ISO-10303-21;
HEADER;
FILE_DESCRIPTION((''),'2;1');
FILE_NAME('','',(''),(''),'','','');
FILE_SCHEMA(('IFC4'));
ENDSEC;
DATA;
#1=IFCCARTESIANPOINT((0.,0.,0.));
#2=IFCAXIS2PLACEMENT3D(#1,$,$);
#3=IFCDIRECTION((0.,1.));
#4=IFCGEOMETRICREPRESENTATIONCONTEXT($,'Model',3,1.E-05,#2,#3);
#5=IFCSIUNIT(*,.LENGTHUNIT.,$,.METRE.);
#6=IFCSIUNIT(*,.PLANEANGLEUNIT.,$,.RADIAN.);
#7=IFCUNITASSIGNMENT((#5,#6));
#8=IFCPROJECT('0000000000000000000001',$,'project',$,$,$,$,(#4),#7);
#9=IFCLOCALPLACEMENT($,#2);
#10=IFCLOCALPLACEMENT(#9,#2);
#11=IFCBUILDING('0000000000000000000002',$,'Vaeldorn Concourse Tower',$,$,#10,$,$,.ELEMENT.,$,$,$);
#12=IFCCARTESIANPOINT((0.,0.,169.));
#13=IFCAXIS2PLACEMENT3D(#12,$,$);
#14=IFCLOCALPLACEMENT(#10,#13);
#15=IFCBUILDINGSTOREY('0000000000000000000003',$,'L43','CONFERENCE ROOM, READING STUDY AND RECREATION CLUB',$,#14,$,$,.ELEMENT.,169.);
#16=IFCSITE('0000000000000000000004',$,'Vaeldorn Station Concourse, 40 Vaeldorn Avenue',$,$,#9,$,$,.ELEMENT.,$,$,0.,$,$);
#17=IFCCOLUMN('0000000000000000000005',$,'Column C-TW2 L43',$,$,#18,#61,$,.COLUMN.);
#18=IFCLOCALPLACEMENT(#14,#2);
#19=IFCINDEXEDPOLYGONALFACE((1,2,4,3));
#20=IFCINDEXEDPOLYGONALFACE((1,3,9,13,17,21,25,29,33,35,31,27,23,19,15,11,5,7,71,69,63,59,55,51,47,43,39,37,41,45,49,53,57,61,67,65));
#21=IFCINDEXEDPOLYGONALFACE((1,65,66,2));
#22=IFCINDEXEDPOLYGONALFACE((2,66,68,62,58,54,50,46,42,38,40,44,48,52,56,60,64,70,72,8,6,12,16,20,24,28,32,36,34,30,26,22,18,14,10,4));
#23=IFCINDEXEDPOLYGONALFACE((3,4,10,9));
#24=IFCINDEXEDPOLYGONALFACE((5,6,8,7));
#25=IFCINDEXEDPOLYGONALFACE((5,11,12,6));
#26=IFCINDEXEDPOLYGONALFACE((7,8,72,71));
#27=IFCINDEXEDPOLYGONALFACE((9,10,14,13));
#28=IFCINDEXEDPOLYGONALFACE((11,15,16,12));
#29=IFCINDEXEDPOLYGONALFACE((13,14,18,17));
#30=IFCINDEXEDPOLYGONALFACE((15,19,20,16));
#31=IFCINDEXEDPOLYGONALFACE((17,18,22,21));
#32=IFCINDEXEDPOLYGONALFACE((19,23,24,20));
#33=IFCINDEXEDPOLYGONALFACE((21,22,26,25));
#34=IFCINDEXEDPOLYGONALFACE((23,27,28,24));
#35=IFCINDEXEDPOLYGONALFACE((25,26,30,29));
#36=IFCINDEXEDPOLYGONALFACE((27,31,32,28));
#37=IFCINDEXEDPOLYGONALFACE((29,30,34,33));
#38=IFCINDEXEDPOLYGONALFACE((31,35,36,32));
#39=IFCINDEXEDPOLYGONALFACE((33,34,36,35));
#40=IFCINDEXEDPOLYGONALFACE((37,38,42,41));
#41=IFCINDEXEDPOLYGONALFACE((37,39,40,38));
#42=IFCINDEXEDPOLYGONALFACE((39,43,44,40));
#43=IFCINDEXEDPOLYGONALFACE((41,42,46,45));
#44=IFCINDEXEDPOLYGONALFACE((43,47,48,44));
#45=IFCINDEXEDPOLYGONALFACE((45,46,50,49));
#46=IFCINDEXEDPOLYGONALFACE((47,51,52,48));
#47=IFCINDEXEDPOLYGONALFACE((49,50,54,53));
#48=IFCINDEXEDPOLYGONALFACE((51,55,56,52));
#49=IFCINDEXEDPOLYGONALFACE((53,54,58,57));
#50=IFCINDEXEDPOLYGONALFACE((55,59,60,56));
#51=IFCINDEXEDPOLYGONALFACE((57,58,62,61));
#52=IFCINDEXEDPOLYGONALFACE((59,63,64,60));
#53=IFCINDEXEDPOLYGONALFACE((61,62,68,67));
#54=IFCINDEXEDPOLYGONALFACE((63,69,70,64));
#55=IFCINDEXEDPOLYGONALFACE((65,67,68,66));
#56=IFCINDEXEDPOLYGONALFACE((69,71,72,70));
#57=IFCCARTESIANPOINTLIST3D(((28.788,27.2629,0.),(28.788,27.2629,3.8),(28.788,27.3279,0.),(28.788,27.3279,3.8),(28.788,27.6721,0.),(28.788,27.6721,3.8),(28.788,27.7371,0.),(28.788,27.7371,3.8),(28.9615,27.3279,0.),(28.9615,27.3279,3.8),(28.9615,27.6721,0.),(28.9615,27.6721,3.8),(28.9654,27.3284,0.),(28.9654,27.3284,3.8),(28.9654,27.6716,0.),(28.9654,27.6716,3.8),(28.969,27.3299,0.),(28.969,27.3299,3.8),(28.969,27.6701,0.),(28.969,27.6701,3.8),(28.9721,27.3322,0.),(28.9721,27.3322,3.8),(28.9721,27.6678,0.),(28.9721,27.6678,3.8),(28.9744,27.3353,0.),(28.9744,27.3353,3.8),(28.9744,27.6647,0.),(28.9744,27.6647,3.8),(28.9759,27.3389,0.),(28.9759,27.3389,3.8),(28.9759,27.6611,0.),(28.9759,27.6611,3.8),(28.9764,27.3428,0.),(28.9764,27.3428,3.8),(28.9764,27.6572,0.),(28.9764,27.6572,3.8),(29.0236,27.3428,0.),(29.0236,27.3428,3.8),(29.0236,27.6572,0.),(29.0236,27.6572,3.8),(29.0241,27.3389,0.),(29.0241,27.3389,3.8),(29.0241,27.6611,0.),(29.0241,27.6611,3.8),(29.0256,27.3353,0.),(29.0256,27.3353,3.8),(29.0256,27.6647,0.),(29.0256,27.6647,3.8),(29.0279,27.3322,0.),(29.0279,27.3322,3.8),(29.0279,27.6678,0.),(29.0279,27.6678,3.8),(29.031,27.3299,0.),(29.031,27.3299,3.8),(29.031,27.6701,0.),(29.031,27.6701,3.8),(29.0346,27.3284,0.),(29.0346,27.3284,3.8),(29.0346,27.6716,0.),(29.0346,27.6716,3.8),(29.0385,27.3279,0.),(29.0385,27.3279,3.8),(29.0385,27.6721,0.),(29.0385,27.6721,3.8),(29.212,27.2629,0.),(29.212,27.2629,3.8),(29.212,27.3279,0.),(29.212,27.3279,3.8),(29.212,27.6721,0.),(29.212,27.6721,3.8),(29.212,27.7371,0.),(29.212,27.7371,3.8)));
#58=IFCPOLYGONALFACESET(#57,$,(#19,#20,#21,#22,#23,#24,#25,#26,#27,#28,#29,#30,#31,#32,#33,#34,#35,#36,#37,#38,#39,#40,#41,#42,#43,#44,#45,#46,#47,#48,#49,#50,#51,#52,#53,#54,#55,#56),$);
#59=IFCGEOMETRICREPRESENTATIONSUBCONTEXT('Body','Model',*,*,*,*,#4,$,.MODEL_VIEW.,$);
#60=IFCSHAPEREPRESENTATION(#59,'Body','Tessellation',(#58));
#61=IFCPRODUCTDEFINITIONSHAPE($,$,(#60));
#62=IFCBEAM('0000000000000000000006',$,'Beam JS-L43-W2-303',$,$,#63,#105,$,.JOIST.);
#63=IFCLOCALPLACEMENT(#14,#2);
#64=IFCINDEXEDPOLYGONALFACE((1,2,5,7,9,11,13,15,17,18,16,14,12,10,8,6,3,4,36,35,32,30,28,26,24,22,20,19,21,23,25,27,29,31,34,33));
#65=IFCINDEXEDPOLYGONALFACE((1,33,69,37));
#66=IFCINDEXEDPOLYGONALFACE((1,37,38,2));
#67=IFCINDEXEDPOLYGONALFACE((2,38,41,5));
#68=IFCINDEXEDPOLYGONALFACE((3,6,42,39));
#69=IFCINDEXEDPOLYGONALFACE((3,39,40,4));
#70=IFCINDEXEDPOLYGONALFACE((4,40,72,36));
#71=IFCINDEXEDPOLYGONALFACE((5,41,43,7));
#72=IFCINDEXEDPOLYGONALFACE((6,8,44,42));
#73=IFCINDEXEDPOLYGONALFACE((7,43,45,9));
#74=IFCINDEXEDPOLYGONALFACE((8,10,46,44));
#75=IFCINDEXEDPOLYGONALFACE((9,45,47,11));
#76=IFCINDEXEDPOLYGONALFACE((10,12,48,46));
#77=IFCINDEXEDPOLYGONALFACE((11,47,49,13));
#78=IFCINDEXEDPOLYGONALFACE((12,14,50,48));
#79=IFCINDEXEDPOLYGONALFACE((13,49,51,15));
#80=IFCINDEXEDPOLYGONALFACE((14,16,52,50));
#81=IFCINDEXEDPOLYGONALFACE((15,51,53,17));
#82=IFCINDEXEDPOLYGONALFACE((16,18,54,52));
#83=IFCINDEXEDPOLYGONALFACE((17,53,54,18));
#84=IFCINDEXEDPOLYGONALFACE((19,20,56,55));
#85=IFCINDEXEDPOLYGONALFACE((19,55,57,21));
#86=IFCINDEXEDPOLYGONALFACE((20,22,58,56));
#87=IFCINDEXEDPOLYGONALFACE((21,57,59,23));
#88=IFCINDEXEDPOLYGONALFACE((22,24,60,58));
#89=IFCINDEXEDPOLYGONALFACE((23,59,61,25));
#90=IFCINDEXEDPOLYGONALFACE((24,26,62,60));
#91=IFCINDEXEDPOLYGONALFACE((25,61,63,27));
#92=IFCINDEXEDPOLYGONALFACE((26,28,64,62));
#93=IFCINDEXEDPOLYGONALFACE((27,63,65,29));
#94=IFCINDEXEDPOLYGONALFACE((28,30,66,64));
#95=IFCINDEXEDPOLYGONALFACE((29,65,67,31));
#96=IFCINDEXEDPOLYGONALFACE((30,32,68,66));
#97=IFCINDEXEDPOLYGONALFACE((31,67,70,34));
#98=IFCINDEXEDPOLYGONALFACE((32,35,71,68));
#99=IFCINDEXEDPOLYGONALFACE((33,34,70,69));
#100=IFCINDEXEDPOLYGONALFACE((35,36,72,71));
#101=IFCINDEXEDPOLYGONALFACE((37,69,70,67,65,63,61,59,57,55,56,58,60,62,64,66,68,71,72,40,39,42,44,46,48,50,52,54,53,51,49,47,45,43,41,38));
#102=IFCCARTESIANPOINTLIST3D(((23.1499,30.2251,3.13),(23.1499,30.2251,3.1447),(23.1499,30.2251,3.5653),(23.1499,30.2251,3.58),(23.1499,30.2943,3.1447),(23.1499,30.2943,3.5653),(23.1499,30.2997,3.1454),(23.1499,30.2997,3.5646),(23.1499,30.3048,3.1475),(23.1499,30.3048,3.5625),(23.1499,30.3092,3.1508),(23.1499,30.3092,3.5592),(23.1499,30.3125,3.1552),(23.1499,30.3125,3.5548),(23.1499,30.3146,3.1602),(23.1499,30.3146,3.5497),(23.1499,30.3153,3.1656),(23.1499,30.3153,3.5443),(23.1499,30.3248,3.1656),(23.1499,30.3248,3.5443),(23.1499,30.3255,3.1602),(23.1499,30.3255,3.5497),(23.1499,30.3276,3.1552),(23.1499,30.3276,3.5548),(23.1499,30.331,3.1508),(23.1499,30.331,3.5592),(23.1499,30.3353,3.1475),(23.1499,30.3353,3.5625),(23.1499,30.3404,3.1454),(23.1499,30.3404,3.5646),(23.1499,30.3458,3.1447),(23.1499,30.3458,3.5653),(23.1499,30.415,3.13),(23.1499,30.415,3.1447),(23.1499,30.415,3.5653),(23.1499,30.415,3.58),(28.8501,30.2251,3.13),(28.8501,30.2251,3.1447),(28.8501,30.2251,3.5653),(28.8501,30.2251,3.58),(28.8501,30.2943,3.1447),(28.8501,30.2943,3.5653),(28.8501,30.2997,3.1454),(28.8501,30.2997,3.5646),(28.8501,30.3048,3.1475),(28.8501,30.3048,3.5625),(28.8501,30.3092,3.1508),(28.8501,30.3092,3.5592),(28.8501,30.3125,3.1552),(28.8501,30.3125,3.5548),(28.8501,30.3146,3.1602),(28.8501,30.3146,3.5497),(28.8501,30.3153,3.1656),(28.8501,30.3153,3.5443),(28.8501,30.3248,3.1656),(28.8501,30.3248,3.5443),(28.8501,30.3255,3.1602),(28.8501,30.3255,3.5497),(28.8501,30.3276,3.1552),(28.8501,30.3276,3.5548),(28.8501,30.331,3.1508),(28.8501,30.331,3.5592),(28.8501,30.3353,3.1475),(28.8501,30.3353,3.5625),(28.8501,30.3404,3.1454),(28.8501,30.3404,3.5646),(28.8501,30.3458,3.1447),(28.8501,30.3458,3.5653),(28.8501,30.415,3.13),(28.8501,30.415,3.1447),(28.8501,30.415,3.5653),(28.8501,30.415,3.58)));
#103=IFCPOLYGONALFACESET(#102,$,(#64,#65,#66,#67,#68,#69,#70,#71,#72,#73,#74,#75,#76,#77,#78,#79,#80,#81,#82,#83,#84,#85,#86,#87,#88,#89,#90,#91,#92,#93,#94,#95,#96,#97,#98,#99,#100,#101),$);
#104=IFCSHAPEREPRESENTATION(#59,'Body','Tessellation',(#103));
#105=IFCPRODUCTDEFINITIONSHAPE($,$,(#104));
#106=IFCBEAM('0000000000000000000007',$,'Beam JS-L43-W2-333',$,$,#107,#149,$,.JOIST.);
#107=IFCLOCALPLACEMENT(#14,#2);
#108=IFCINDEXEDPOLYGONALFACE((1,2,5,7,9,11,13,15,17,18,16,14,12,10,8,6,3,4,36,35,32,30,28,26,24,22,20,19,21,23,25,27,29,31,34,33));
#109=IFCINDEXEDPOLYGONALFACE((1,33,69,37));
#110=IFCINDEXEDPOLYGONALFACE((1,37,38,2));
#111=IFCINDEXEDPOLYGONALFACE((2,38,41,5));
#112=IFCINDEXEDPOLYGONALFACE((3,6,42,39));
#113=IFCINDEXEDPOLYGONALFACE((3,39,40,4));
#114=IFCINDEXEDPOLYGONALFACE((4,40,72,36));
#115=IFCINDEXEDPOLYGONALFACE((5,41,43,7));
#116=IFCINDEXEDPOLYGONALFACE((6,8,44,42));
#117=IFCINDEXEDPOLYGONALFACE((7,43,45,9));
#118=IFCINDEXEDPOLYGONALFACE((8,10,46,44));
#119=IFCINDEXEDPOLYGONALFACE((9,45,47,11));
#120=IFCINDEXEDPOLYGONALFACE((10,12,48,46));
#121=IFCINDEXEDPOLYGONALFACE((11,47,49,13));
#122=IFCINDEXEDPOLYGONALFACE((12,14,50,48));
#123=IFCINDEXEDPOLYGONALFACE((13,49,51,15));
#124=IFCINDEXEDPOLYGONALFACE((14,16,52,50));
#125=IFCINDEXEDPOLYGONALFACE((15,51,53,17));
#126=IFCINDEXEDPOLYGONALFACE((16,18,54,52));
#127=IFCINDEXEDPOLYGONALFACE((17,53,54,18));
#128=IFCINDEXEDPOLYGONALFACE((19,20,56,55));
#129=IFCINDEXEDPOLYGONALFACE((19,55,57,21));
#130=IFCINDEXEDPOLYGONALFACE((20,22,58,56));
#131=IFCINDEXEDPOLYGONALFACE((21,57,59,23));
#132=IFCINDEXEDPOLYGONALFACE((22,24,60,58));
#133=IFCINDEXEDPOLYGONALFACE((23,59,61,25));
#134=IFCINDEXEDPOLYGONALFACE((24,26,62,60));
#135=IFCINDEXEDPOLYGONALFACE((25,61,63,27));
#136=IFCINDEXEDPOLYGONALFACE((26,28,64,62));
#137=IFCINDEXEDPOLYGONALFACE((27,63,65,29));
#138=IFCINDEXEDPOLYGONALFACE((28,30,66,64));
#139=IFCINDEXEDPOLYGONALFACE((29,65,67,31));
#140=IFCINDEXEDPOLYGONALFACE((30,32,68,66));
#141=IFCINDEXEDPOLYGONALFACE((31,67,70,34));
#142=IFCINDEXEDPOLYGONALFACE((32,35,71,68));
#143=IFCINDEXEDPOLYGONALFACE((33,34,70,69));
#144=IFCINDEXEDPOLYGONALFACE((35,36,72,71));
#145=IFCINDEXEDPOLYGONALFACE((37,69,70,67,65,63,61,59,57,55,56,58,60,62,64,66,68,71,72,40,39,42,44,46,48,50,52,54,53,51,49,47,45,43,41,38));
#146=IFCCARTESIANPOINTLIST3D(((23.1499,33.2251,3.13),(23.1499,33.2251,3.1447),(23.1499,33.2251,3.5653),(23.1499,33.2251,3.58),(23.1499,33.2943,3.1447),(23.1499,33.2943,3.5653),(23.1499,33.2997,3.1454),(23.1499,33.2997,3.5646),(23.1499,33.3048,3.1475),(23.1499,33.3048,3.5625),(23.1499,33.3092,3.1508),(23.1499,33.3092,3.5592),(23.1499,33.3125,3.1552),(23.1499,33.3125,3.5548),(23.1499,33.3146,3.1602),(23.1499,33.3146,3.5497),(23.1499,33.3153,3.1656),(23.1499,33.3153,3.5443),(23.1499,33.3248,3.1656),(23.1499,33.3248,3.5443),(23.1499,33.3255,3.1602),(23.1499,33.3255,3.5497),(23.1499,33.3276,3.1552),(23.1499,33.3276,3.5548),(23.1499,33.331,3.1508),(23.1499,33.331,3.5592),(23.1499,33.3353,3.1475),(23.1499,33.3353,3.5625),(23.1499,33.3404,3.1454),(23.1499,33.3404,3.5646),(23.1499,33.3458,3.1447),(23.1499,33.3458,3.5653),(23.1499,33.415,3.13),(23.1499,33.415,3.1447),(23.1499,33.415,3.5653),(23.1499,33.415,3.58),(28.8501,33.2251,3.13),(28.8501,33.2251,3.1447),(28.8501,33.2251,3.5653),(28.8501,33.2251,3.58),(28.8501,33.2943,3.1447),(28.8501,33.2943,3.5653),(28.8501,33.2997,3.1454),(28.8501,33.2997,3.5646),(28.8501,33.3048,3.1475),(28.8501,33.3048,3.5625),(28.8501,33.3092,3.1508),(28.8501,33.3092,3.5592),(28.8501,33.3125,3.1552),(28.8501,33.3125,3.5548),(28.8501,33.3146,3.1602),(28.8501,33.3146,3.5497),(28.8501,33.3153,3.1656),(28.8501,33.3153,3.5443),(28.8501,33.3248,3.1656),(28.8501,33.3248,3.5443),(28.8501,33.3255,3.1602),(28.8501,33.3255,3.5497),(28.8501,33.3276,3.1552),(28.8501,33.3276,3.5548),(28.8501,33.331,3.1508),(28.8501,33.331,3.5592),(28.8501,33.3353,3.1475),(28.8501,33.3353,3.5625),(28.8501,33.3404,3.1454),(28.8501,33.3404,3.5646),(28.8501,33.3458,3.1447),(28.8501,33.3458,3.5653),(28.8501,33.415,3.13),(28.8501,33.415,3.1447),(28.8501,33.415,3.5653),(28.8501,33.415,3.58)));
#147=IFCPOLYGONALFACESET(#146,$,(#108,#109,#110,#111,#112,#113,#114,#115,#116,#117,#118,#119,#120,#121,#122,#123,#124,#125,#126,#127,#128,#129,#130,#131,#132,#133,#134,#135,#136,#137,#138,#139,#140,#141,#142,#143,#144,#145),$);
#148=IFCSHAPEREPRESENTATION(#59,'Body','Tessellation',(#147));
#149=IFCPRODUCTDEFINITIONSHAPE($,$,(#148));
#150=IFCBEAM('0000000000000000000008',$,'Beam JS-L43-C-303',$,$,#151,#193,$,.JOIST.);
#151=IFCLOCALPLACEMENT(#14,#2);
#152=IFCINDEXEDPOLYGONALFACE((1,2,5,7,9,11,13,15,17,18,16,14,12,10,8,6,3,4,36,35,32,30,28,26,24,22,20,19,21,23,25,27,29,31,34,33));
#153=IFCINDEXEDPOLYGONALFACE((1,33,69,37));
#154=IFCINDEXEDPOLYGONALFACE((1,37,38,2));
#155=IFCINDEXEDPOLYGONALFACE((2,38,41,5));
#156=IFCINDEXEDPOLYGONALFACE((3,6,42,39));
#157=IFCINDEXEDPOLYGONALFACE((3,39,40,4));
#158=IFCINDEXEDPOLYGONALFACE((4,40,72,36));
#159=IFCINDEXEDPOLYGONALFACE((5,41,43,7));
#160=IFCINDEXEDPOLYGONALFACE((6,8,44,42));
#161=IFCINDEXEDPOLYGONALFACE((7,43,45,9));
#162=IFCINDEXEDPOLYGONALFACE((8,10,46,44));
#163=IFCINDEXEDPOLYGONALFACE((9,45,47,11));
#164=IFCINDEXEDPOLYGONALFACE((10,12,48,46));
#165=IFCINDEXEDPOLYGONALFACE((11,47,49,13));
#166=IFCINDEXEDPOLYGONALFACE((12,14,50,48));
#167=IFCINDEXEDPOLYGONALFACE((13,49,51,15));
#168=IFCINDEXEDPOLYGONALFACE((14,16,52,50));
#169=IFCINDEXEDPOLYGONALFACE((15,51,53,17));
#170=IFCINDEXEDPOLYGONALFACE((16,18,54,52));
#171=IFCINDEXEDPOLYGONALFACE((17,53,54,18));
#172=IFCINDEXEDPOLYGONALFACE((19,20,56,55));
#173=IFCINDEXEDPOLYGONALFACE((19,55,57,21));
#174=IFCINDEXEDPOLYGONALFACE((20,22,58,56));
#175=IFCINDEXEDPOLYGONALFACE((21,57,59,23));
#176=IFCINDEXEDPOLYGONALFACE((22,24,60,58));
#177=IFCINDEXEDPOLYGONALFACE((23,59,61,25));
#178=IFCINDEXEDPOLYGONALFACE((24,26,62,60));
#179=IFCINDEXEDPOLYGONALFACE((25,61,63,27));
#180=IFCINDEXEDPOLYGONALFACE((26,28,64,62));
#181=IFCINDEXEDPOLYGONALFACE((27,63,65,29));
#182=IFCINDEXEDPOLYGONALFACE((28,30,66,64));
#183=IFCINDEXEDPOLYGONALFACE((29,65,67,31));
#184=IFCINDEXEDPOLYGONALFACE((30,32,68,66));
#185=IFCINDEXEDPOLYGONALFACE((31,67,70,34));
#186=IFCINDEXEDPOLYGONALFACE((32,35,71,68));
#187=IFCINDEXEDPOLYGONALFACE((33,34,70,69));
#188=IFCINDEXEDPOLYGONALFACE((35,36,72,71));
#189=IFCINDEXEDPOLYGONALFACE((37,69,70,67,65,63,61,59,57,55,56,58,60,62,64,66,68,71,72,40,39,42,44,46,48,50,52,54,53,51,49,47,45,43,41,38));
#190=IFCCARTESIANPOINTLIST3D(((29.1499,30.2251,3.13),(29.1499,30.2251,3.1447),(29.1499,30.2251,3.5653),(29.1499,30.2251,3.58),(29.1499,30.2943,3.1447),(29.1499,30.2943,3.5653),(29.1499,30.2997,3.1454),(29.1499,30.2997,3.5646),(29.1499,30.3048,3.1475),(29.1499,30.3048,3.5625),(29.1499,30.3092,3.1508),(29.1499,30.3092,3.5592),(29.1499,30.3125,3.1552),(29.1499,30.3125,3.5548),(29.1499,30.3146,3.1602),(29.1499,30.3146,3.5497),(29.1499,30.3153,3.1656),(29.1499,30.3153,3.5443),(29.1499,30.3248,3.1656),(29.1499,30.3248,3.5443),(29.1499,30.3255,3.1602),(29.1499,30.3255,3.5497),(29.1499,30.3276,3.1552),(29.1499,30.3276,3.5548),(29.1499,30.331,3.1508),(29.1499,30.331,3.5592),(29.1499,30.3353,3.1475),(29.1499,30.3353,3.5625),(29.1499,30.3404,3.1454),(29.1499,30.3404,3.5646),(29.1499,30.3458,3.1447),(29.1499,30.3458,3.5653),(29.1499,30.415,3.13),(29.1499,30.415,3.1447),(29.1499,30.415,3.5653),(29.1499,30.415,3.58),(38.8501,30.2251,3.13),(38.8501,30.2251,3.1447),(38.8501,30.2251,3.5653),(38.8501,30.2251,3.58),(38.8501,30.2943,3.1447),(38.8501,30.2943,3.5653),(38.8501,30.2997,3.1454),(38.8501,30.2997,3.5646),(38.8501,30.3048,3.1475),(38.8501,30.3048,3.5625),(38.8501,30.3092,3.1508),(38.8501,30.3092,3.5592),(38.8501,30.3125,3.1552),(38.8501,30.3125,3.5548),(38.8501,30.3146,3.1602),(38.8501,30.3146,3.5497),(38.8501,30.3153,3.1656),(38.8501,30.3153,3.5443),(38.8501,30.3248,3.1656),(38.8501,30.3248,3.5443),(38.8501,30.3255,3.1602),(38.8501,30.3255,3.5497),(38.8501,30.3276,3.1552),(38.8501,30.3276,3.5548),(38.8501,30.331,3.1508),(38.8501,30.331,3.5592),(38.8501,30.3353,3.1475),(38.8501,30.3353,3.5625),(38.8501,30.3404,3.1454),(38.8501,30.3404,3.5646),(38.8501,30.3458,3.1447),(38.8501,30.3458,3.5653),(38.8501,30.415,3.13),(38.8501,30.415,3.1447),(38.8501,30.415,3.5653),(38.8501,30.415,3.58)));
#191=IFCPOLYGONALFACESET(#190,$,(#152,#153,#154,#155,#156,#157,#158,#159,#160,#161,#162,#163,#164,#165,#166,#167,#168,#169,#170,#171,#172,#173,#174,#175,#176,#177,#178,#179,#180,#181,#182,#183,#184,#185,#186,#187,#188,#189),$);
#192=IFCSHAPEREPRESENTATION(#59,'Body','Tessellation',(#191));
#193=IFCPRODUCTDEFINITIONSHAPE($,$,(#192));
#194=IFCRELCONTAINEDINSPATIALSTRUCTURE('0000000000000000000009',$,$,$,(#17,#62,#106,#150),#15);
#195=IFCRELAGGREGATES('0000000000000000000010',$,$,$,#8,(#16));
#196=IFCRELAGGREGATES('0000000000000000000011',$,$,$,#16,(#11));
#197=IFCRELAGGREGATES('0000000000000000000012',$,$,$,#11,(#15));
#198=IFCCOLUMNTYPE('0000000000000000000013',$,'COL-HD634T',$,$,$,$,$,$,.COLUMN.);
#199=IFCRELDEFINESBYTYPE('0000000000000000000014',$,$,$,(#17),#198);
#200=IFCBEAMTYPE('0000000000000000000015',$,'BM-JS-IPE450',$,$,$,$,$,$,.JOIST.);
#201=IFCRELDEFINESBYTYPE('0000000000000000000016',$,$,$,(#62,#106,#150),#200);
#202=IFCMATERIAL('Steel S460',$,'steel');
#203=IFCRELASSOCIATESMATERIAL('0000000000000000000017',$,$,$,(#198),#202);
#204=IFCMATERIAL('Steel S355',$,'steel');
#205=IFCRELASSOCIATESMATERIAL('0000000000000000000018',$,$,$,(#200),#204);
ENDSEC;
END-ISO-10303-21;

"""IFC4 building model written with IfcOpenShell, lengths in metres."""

from ifc_helpers import new_model, si_unit, direction, frame, origin, origin_2d, place, context, subcontext, project, spatial, i_section, extrude, source, transform, mapped, material, material_profile, profile_set, type_object, element, save


model = new_model("IFC4")

# Units and contexts
model_context = context("Model", 3, precision=1e-05, world=origin(), true_north=direction((0.0, 1.0)))
body_context = subcontext(model_context, "Body", "Model", "MODEL_VIEW")
ifc_project = project(units=[si_unit("LENGTHUNIT", "METRE"), si_unit("PLANEANGLEUNIT", "RADIAN")], contexts=[model_context])

# Site, building, storey
site_placement = place(None, origin())
site = spatial("IfcSite", under=ifc_project, at=site_placement, Name="Vaeldorn Station Concourse, 40 Vaeldorn Avenue", CompositionType="ELEMENT", RefElevation=0.0)
building_placement = place(site_placement, origin())
building = spatial("IfcBuilding", under=site, at=building_placement, Name="Vaeldorn Concourse Tower", CompositionType="ELEMENT")
storey_placement = place(building_placement, frame((0.0, 0.0, 169.0)))
storey = spatial("IfcBuildingStorey", under=building, at=storey_placement, Name="L43", Description="CONFERENCE ROOM, READING STUDY AND RECREATION CLUB", CompositionType="ELEMENT", Elevation=169.0)

# Column
ifc_material_1 = material(Name="Steel S460", Category="steel")
ifc_material_profile_1 = material_profile(ifc_material_1, i_section(OverallWidth=0.4241, OverallDepth=0.4741, WebThickness=0.0471, FlangeThickness=0.0649, FilletRadius=0.0149, at=origin_2d()), Name="HD 400x634")
ifc_profile_set_1 = profile_set([ifc_material_profile_1], Name="Steel S460")
column_type_1 = type_object("IfcColumnType", Name="COL-HD634T", PredefinedType="COLUMN", material=ifc_profile_set_1)
shared_shape_1 = source(origin(), body_context, "Body", "SweptSolid", [
    extrude(i_section(OverallWidth=0.4241, OverallDepth=0.4741, WebThickness=0.0471, FlangeThickness=0.0649, FilletRadius=0.0149, at=origin_2d()), origin(), (0.0, 0.0, 1.0), 3.8),
])
column_1_placement = place(storey_placement, frame((29.0, 27.5, 0.0), z_axis=(0.0, 0.0, 1.0), x_axis=(1.0, 0.0, 0.0)))
element("IfcColumn", 1, at=column_1_placement, inside=storey, type_object=column_type_1, Name="Column C-TW2 L43", PredefinedType="COLUMN", context=body_context, shape_type="MappedRepresentation", body=[
    mapped(shared_shape_1, transform((0.0, 0.0, 0.0), scale=1.0)),
])

# Beams
ifc_material_2 = material(Name="Steel S355", Category="steel")
ifc_material_profile_2 = material_profile(ifc_material_2, i_section(OverallWidth=0.1899, OverallDepth=0.45, WebThickness=0.0095, FlangeThickness=0.0146, FilletRadius=0.021, at=origin_2d()), Name="IPE 450")
ifc_profile_set_2 = profile_set([ifc_material_profile_2], Name="Steel S355")
beam_type_1 = type_object("IfcBeamType", Name="BM-JS-IPE450", PredefinedType="JOIST", material=ifc_profile_set_2)
shared_shape_2 = source(origin(), body_context, "Body", "SweptSolid", [
    extrude(i_section(OverallWidth=0.1899, OverallDepth=0.45, WebThickness=0.0095, FlangeThickness=0.0146, FilletRadius=0.021, at=origin_2d()), origin(), (0.0, 0.0, 1.0), 5.7002),
])
for number, where, z_axis, x_axis, name in (
    (2, (23.1499, 30.3201, 3.355), (1.0, 0.0, 0.0), (0.0, 1.0, 0.0), "Beam JS-L43-W2-303"),
    (3, (23.1499, 33.3201, 3.355), (1.0, 0.0, 0.0), (0.0, 1.0, 0.0), "Beam JS-L43-W2-333"),
):
    element("IfcBeam", number, at=place(storey_placement, frame(where, z_axis=z_axis, x_axis=x_axis)), inside=storey, type_object=beam_type_1, Name=name, PredefinedType="JOIST", context=body_context, shape_type="MappedRepresentation", body=[
        mapped(shared_shape_2, transform((0.0, 0.0, 0.0), scale=1.0)),
    ])
shared_shape_3 = source(origin(), body_context, "Body", "SweptSolid", [
    extrude(i_section(OverallWidth=0.1899, OverallDepth=0.45, WebThickness=0.0095, FlangeThickness=0.0146, FilletRadius=0.021, at=origin_2d()), origin(), (0.0, 0.0, 1.0), 9.7002),
])
for number, where, z_axis, x_axis, name in (
    (4, (29.1499, 30.3201, 3.355), (1.0, 0.0, 0.0), (0.0, 1.0, 0.0), "Beam JS-L43-C-303"),
):
    element("IfcBeam", number, at=place(storey_placement, frame(where, z_axis=z_axis, x_axis=x_axis)), inside=storey, type_object=beam_type_1, Name=name, PredefinedType="JOIST", context=body_context, shape_type="MappedRepresentation", body=[
        mapped(shared_shape_3, transform((0.0, 0.0, 0.0), scale=1.0)),
    ])

save(model, "model.ifc")
